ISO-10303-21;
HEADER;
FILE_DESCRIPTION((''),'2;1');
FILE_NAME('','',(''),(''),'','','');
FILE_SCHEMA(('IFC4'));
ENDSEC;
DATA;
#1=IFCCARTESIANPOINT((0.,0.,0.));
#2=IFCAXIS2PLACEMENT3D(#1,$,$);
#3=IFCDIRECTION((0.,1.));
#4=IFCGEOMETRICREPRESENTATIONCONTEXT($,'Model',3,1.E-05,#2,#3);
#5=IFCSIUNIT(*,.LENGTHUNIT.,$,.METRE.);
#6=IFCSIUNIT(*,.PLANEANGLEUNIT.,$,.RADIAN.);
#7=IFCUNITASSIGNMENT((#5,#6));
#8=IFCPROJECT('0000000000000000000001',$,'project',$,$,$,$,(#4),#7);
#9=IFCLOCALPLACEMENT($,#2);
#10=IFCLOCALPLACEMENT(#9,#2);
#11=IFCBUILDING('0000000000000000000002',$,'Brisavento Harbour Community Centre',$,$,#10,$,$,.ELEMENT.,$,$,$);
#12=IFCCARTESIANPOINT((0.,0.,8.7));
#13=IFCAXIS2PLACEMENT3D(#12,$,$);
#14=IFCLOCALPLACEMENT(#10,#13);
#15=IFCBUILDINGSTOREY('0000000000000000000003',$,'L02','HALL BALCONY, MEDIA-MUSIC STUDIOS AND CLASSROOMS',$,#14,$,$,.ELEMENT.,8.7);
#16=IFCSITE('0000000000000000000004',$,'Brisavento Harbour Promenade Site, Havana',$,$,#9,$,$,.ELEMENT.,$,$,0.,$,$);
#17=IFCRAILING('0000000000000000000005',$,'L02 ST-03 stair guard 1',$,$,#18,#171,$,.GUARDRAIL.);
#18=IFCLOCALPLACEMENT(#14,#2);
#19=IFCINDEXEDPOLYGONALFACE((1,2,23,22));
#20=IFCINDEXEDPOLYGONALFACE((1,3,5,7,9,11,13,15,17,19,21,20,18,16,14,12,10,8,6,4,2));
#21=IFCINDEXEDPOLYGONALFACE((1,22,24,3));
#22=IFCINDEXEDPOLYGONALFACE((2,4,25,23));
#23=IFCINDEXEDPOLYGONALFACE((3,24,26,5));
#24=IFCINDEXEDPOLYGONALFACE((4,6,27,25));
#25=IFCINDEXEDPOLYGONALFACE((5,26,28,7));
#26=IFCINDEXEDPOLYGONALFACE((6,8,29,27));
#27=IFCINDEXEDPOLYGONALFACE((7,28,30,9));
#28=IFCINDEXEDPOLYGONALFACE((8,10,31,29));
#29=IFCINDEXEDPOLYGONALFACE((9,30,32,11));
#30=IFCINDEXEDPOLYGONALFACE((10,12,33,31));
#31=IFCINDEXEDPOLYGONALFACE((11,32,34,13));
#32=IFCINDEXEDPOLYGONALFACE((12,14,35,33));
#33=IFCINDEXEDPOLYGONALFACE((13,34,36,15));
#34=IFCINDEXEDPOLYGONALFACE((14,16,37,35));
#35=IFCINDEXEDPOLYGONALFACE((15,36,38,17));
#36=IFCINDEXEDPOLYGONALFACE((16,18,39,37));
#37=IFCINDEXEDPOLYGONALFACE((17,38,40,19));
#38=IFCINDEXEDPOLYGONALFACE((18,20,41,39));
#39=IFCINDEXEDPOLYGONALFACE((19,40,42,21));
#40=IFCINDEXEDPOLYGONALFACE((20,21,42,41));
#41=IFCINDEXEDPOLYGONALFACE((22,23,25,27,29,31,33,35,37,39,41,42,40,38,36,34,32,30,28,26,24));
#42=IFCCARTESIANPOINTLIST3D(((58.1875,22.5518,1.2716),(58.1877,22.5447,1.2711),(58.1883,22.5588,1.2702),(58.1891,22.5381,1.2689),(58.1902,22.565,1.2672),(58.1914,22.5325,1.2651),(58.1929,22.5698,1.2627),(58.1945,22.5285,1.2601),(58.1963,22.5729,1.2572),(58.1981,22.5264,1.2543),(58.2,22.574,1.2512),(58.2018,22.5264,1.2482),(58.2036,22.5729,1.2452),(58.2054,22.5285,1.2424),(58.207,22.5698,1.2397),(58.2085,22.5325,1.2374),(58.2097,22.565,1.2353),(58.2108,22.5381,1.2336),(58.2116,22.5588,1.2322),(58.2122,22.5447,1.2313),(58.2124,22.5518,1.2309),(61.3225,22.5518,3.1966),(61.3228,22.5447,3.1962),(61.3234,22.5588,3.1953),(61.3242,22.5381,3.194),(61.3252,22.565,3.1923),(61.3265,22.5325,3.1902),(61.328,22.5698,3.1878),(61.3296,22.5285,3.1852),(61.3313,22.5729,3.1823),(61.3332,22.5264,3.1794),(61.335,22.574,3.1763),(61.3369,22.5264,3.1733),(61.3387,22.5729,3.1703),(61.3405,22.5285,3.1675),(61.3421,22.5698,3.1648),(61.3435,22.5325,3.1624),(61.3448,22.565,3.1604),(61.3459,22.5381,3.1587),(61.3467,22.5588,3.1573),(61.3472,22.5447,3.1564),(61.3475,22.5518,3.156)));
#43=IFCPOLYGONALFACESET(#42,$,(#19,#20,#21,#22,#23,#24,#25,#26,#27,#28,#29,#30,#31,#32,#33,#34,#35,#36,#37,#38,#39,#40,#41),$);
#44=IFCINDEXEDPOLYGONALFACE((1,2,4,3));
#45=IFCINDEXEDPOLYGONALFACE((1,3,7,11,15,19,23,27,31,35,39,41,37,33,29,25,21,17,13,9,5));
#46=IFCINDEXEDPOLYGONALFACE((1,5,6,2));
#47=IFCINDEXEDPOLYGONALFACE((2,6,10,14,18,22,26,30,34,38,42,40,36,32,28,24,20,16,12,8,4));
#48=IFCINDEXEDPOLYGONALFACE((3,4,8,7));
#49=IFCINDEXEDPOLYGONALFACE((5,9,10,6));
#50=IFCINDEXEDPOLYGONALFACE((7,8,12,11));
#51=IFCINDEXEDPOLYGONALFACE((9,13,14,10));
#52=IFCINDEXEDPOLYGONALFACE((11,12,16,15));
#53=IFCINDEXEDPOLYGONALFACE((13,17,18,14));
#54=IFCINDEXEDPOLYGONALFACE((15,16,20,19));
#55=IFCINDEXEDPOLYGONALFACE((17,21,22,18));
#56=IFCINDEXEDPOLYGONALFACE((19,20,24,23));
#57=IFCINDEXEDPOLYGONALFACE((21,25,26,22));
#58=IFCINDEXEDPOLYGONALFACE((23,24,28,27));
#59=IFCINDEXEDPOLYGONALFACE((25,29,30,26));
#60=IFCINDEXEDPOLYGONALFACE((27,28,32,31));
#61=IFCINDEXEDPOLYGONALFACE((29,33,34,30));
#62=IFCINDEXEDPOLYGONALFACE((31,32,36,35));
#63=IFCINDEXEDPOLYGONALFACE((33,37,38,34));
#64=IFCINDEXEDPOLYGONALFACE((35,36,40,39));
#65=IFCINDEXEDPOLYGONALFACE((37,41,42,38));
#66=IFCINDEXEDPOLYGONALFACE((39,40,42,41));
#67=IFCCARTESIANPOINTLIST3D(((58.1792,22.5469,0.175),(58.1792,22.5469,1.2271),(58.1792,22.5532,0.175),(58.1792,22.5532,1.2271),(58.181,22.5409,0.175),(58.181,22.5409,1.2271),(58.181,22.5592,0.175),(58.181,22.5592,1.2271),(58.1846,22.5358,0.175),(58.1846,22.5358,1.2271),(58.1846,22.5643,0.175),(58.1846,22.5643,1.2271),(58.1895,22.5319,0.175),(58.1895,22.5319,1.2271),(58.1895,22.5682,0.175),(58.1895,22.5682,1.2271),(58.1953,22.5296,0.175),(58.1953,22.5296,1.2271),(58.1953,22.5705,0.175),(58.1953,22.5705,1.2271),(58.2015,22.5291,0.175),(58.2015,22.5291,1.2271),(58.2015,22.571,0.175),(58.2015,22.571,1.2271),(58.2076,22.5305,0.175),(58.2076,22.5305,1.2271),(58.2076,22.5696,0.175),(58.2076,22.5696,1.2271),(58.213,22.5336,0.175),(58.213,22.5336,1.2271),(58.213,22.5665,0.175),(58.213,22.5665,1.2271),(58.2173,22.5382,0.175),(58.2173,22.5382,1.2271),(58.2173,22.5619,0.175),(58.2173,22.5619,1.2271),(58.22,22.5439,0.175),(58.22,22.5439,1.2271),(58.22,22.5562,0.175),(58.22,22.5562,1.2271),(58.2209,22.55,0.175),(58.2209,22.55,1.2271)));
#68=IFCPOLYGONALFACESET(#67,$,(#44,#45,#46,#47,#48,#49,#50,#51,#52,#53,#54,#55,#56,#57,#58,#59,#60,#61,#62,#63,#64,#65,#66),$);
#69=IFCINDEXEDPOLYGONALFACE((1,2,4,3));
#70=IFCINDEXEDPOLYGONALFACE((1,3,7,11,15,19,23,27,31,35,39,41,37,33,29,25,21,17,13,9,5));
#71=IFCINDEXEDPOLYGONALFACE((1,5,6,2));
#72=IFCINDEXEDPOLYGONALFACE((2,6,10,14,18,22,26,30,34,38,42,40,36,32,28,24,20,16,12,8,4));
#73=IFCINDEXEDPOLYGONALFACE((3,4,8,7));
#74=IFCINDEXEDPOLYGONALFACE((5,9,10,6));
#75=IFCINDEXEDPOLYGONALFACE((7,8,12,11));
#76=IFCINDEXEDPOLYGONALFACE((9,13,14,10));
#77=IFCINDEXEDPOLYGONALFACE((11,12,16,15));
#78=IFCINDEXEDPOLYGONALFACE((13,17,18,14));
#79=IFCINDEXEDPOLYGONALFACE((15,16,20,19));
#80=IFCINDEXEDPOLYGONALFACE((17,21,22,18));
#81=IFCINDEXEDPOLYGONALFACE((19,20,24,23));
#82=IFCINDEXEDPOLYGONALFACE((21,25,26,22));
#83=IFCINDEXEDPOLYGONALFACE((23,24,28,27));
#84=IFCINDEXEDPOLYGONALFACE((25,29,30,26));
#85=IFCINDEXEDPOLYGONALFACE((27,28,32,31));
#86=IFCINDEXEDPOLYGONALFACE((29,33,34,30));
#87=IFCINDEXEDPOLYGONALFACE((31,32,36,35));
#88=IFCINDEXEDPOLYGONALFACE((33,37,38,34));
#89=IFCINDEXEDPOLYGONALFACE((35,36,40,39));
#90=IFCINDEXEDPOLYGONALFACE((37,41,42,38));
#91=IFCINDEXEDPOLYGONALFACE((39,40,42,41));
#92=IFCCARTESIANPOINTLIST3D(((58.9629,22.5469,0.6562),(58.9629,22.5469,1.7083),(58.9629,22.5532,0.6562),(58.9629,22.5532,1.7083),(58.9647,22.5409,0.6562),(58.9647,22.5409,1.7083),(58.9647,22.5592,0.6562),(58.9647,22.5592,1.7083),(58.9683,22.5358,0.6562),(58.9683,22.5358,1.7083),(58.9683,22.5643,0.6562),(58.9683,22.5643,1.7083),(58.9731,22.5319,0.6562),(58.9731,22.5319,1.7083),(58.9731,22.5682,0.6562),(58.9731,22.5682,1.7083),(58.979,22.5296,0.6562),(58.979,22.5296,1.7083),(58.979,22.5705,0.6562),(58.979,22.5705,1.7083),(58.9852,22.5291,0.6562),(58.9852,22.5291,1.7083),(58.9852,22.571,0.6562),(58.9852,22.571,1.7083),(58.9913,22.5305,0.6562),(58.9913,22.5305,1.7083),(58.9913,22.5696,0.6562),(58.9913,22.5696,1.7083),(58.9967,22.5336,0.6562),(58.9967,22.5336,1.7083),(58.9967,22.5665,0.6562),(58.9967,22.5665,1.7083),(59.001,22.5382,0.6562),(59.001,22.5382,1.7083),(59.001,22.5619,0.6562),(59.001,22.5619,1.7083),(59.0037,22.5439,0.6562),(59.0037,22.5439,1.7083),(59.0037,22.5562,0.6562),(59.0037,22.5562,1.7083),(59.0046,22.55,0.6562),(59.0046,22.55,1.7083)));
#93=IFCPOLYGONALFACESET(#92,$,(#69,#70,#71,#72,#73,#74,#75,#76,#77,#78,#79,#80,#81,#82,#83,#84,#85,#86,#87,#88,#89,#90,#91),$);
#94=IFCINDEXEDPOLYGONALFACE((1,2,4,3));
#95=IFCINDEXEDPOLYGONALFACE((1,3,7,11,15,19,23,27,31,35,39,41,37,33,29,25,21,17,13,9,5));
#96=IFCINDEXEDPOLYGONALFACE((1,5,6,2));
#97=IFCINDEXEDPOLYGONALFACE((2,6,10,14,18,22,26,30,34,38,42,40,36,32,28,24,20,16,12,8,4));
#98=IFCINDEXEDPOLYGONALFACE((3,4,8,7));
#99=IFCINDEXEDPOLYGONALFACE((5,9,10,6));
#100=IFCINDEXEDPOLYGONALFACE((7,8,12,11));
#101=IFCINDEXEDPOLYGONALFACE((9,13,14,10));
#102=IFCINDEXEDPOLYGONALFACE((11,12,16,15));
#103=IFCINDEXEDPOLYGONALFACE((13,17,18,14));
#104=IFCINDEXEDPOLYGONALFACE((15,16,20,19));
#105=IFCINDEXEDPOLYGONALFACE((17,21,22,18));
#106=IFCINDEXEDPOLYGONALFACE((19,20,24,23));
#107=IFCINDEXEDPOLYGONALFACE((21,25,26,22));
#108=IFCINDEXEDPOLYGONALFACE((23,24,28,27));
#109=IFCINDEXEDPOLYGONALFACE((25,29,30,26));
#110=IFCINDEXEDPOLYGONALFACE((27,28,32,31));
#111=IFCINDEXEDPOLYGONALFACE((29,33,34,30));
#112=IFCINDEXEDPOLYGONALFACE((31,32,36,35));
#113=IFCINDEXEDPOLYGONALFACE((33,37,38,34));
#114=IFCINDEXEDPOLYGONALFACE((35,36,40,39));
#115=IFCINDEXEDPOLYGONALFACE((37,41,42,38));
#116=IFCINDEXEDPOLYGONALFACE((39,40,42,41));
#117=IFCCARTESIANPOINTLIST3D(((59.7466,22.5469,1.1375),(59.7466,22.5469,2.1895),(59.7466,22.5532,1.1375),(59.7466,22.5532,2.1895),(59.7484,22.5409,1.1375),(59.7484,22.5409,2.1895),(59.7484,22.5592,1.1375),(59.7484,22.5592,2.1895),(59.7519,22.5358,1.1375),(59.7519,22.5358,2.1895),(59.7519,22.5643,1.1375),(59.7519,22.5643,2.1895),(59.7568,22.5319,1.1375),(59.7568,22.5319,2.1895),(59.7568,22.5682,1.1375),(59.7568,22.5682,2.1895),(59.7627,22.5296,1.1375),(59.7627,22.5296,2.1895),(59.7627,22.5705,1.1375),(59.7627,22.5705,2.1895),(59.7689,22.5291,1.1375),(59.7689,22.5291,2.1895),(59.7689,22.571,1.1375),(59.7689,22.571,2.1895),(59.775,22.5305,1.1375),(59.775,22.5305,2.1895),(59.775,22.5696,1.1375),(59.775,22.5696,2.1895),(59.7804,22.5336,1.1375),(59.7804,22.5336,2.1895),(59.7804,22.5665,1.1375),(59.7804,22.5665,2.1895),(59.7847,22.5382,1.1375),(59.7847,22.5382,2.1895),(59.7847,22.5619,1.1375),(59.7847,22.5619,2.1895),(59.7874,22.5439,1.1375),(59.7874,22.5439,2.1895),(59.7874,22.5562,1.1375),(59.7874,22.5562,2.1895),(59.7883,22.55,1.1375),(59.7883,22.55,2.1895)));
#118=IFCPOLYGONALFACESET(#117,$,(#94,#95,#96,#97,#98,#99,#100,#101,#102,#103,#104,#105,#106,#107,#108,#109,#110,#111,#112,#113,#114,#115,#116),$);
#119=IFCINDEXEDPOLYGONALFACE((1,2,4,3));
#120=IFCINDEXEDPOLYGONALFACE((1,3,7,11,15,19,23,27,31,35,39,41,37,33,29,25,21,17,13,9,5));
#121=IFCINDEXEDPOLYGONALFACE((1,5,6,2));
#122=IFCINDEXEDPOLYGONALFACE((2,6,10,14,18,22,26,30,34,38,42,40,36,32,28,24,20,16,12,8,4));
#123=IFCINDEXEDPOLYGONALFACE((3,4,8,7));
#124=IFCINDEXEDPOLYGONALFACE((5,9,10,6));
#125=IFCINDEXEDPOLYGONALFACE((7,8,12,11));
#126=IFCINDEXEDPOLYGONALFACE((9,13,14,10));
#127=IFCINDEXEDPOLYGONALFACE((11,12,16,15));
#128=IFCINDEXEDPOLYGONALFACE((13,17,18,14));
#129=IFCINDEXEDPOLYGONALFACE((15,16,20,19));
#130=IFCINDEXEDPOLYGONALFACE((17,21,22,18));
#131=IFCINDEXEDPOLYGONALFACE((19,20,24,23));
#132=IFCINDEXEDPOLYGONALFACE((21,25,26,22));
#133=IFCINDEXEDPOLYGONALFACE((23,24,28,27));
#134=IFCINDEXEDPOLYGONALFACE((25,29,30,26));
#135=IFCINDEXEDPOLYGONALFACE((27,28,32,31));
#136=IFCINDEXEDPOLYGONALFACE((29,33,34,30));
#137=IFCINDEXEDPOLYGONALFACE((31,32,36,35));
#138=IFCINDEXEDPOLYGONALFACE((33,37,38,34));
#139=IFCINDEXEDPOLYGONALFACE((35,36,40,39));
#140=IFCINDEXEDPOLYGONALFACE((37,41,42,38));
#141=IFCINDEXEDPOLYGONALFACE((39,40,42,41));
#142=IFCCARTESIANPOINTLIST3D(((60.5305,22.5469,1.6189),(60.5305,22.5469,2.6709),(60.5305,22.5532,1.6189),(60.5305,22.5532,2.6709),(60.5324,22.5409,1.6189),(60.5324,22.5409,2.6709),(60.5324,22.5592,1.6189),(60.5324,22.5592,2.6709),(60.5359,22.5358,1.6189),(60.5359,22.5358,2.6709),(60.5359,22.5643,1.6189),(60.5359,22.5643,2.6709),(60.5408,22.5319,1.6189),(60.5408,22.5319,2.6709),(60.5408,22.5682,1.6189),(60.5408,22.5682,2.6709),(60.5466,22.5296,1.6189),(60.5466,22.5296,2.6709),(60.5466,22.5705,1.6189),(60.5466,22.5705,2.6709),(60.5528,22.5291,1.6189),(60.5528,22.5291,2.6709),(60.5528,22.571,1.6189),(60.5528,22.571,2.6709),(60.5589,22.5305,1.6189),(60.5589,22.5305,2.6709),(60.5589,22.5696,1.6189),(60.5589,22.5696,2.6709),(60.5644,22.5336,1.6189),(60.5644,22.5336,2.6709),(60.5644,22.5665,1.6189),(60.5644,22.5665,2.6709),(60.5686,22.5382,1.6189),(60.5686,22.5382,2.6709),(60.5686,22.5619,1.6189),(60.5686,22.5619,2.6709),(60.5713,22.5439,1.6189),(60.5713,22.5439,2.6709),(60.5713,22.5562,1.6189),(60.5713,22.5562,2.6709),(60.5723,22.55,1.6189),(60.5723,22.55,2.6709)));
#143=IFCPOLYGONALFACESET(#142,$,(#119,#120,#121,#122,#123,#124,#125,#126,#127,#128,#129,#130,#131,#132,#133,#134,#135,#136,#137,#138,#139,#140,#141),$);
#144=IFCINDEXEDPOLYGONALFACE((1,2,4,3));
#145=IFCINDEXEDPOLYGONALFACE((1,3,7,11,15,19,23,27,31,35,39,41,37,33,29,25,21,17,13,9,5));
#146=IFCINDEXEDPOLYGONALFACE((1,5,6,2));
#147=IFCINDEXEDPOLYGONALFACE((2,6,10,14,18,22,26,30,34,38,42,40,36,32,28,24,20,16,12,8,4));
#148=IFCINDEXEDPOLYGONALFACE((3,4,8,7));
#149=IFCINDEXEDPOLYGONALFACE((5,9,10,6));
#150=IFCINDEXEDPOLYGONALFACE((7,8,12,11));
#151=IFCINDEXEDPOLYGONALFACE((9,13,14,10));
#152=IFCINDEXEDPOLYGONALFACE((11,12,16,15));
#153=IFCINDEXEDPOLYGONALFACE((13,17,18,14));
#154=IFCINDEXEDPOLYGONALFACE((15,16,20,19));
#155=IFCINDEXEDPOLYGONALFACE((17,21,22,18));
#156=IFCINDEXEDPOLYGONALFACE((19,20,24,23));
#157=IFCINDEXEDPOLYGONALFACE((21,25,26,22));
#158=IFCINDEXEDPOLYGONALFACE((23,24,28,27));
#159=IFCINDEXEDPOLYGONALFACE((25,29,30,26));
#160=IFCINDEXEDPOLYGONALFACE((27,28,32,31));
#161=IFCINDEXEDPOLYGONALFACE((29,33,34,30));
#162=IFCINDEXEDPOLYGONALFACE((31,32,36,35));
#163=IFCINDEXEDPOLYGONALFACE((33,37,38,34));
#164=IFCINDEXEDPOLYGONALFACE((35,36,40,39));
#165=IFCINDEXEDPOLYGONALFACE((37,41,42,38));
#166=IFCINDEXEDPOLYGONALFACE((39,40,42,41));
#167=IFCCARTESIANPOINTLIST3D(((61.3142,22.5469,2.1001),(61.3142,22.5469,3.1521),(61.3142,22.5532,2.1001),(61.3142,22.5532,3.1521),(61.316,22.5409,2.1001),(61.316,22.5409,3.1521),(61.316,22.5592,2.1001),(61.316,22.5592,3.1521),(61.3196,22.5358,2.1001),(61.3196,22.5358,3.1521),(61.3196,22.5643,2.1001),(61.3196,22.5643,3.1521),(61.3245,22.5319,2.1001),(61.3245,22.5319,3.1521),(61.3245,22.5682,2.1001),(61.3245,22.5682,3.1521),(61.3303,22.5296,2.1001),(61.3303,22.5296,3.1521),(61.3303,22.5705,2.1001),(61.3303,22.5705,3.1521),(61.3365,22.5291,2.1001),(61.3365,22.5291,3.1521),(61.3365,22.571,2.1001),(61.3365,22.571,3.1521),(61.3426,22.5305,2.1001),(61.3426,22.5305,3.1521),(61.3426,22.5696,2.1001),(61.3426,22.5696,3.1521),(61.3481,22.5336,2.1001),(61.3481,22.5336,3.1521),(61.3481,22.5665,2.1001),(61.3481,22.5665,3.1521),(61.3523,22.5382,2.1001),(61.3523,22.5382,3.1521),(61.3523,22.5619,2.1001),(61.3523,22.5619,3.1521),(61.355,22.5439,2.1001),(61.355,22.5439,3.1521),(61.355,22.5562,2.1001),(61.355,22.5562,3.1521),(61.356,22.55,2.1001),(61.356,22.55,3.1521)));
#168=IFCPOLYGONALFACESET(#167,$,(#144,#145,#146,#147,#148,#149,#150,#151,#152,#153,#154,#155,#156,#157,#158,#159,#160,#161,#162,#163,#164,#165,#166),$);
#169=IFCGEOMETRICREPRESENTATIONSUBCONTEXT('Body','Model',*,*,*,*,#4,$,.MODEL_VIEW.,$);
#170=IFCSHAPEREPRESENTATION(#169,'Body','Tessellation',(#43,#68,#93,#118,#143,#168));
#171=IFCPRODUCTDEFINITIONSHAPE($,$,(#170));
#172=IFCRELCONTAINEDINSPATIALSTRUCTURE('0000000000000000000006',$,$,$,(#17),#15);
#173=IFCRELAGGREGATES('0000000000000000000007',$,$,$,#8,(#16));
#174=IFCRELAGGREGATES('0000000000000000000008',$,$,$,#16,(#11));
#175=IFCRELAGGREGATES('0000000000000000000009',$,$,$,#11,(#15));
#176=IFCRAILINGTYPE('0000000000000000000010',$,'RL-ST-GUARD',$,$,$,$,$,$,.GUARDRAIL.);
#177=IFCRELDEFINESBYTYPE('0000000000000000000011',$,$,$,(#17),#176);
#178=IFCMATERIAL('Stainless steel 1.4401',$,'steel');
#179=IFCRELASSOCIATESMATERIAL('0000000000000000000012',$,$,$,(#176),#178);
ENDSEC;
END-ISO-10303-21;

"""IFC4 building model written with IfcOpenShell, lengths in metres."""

from ifc_helpers import new_model, si_unit, direction, frame, origin, origin_2d, place, context, subcontext, project, spatial, circle, extrude, material, type_object, element, save


model = new_model("IFC4")

# Units and contexts
model_context = context("Model", 3, precision=1e-05, world=origin(), true_north=direction((0.0, 1.0)))
body_context = subcontext(model_context, "Body", "Model", "MODEL_VIEW")
ifc_project = project(units=[si_unit("LENGTHUNIT", "METRE"), si_unit("PLANEANGLEUNIT", "RADIAN")], contexts=[model_context])

# Site, building, storey
site_placement = place(None, origin())
site = spatial("IfcSite", under=ifc_project, at=site_placement, Name="Brisavento Harbour Promenade Site, Havana", CompositionType="ELEMENT", RefElevation=0.0)
building_placement = place(site_placement, origin())
building = spatial("IfcBuilding", under=site, at=building_placement, Name="Brisavento Harbour Community Centre", CompositionType="ELEMENT")
storey_placement = place(building_placement, frame((0.0, 0.0, 8.7)))
storey = spatial("IfcBuildingStorey", under=building, at=storey_placement, Name="L02", Description="HALL BALCONY, MEDIA-MUSIC STUDIOS AND CLASSROOMS", CompositionType="ELEMENT", Elevation=8.7)

# Railing
ifc_material_1 = material(Name="Stainless steel 1.4401", Category="steel")
railing_type_1 = type_object("IfcRailingType", Name="RL-ST-GUARD", PredefinedType="GUARDRAIL", material=ifc_material_1)
railing_1_placement = place(storey_placement, frame((58.2, 22.55, 0.175)))
element("IfcRailing", 1, at=railing_1_placement, inside=storey, type_object=railing_type_1, Name="L02 ST-03 stair guard 1", PredefinedType="GUARDRAIL", context=body_context, shape_type="SweptSolid", body=[
    extrude(circle(Radius=0.0239, at=origin_2d()), frame((0.0, 0.0, 1.0762), z_axis=(0.852166, 0.0, 0.523271), x_axis=(0.0, 1.0, 0.0)), (0.0, 0.0, 1.0), 3.679),
    extrude(circle(Radius=0.021, at=origin_2d()), origin(), (0.0, 0.0, 1.0), 1.052),
    extrude(circle(Radius=0.021, at=origin_2d()), frame((0.7837, 0.0, 0.4812)), (0.0, 0.0, 1.0), 1.052),
    extrude(circle(Radius=0.021, at=origin_2d()), frame((1.5674, 0.0, 0.9624)), (0.0, 0.0, 1.0), 1.052),
    extrude(circle(Radius=0.021, at=origin_2d()), frame((2.3513, 0.0, 1.4438)), (0.0, 0.0, 1.0), 1.052),
    extrude(circle(Radius=0.021, at=origin_2d()), frame((3.135, 0.0, 1.925)), (0.0, 0.0, 1.0), 1.052),
])

save(model, "model.ifc")
